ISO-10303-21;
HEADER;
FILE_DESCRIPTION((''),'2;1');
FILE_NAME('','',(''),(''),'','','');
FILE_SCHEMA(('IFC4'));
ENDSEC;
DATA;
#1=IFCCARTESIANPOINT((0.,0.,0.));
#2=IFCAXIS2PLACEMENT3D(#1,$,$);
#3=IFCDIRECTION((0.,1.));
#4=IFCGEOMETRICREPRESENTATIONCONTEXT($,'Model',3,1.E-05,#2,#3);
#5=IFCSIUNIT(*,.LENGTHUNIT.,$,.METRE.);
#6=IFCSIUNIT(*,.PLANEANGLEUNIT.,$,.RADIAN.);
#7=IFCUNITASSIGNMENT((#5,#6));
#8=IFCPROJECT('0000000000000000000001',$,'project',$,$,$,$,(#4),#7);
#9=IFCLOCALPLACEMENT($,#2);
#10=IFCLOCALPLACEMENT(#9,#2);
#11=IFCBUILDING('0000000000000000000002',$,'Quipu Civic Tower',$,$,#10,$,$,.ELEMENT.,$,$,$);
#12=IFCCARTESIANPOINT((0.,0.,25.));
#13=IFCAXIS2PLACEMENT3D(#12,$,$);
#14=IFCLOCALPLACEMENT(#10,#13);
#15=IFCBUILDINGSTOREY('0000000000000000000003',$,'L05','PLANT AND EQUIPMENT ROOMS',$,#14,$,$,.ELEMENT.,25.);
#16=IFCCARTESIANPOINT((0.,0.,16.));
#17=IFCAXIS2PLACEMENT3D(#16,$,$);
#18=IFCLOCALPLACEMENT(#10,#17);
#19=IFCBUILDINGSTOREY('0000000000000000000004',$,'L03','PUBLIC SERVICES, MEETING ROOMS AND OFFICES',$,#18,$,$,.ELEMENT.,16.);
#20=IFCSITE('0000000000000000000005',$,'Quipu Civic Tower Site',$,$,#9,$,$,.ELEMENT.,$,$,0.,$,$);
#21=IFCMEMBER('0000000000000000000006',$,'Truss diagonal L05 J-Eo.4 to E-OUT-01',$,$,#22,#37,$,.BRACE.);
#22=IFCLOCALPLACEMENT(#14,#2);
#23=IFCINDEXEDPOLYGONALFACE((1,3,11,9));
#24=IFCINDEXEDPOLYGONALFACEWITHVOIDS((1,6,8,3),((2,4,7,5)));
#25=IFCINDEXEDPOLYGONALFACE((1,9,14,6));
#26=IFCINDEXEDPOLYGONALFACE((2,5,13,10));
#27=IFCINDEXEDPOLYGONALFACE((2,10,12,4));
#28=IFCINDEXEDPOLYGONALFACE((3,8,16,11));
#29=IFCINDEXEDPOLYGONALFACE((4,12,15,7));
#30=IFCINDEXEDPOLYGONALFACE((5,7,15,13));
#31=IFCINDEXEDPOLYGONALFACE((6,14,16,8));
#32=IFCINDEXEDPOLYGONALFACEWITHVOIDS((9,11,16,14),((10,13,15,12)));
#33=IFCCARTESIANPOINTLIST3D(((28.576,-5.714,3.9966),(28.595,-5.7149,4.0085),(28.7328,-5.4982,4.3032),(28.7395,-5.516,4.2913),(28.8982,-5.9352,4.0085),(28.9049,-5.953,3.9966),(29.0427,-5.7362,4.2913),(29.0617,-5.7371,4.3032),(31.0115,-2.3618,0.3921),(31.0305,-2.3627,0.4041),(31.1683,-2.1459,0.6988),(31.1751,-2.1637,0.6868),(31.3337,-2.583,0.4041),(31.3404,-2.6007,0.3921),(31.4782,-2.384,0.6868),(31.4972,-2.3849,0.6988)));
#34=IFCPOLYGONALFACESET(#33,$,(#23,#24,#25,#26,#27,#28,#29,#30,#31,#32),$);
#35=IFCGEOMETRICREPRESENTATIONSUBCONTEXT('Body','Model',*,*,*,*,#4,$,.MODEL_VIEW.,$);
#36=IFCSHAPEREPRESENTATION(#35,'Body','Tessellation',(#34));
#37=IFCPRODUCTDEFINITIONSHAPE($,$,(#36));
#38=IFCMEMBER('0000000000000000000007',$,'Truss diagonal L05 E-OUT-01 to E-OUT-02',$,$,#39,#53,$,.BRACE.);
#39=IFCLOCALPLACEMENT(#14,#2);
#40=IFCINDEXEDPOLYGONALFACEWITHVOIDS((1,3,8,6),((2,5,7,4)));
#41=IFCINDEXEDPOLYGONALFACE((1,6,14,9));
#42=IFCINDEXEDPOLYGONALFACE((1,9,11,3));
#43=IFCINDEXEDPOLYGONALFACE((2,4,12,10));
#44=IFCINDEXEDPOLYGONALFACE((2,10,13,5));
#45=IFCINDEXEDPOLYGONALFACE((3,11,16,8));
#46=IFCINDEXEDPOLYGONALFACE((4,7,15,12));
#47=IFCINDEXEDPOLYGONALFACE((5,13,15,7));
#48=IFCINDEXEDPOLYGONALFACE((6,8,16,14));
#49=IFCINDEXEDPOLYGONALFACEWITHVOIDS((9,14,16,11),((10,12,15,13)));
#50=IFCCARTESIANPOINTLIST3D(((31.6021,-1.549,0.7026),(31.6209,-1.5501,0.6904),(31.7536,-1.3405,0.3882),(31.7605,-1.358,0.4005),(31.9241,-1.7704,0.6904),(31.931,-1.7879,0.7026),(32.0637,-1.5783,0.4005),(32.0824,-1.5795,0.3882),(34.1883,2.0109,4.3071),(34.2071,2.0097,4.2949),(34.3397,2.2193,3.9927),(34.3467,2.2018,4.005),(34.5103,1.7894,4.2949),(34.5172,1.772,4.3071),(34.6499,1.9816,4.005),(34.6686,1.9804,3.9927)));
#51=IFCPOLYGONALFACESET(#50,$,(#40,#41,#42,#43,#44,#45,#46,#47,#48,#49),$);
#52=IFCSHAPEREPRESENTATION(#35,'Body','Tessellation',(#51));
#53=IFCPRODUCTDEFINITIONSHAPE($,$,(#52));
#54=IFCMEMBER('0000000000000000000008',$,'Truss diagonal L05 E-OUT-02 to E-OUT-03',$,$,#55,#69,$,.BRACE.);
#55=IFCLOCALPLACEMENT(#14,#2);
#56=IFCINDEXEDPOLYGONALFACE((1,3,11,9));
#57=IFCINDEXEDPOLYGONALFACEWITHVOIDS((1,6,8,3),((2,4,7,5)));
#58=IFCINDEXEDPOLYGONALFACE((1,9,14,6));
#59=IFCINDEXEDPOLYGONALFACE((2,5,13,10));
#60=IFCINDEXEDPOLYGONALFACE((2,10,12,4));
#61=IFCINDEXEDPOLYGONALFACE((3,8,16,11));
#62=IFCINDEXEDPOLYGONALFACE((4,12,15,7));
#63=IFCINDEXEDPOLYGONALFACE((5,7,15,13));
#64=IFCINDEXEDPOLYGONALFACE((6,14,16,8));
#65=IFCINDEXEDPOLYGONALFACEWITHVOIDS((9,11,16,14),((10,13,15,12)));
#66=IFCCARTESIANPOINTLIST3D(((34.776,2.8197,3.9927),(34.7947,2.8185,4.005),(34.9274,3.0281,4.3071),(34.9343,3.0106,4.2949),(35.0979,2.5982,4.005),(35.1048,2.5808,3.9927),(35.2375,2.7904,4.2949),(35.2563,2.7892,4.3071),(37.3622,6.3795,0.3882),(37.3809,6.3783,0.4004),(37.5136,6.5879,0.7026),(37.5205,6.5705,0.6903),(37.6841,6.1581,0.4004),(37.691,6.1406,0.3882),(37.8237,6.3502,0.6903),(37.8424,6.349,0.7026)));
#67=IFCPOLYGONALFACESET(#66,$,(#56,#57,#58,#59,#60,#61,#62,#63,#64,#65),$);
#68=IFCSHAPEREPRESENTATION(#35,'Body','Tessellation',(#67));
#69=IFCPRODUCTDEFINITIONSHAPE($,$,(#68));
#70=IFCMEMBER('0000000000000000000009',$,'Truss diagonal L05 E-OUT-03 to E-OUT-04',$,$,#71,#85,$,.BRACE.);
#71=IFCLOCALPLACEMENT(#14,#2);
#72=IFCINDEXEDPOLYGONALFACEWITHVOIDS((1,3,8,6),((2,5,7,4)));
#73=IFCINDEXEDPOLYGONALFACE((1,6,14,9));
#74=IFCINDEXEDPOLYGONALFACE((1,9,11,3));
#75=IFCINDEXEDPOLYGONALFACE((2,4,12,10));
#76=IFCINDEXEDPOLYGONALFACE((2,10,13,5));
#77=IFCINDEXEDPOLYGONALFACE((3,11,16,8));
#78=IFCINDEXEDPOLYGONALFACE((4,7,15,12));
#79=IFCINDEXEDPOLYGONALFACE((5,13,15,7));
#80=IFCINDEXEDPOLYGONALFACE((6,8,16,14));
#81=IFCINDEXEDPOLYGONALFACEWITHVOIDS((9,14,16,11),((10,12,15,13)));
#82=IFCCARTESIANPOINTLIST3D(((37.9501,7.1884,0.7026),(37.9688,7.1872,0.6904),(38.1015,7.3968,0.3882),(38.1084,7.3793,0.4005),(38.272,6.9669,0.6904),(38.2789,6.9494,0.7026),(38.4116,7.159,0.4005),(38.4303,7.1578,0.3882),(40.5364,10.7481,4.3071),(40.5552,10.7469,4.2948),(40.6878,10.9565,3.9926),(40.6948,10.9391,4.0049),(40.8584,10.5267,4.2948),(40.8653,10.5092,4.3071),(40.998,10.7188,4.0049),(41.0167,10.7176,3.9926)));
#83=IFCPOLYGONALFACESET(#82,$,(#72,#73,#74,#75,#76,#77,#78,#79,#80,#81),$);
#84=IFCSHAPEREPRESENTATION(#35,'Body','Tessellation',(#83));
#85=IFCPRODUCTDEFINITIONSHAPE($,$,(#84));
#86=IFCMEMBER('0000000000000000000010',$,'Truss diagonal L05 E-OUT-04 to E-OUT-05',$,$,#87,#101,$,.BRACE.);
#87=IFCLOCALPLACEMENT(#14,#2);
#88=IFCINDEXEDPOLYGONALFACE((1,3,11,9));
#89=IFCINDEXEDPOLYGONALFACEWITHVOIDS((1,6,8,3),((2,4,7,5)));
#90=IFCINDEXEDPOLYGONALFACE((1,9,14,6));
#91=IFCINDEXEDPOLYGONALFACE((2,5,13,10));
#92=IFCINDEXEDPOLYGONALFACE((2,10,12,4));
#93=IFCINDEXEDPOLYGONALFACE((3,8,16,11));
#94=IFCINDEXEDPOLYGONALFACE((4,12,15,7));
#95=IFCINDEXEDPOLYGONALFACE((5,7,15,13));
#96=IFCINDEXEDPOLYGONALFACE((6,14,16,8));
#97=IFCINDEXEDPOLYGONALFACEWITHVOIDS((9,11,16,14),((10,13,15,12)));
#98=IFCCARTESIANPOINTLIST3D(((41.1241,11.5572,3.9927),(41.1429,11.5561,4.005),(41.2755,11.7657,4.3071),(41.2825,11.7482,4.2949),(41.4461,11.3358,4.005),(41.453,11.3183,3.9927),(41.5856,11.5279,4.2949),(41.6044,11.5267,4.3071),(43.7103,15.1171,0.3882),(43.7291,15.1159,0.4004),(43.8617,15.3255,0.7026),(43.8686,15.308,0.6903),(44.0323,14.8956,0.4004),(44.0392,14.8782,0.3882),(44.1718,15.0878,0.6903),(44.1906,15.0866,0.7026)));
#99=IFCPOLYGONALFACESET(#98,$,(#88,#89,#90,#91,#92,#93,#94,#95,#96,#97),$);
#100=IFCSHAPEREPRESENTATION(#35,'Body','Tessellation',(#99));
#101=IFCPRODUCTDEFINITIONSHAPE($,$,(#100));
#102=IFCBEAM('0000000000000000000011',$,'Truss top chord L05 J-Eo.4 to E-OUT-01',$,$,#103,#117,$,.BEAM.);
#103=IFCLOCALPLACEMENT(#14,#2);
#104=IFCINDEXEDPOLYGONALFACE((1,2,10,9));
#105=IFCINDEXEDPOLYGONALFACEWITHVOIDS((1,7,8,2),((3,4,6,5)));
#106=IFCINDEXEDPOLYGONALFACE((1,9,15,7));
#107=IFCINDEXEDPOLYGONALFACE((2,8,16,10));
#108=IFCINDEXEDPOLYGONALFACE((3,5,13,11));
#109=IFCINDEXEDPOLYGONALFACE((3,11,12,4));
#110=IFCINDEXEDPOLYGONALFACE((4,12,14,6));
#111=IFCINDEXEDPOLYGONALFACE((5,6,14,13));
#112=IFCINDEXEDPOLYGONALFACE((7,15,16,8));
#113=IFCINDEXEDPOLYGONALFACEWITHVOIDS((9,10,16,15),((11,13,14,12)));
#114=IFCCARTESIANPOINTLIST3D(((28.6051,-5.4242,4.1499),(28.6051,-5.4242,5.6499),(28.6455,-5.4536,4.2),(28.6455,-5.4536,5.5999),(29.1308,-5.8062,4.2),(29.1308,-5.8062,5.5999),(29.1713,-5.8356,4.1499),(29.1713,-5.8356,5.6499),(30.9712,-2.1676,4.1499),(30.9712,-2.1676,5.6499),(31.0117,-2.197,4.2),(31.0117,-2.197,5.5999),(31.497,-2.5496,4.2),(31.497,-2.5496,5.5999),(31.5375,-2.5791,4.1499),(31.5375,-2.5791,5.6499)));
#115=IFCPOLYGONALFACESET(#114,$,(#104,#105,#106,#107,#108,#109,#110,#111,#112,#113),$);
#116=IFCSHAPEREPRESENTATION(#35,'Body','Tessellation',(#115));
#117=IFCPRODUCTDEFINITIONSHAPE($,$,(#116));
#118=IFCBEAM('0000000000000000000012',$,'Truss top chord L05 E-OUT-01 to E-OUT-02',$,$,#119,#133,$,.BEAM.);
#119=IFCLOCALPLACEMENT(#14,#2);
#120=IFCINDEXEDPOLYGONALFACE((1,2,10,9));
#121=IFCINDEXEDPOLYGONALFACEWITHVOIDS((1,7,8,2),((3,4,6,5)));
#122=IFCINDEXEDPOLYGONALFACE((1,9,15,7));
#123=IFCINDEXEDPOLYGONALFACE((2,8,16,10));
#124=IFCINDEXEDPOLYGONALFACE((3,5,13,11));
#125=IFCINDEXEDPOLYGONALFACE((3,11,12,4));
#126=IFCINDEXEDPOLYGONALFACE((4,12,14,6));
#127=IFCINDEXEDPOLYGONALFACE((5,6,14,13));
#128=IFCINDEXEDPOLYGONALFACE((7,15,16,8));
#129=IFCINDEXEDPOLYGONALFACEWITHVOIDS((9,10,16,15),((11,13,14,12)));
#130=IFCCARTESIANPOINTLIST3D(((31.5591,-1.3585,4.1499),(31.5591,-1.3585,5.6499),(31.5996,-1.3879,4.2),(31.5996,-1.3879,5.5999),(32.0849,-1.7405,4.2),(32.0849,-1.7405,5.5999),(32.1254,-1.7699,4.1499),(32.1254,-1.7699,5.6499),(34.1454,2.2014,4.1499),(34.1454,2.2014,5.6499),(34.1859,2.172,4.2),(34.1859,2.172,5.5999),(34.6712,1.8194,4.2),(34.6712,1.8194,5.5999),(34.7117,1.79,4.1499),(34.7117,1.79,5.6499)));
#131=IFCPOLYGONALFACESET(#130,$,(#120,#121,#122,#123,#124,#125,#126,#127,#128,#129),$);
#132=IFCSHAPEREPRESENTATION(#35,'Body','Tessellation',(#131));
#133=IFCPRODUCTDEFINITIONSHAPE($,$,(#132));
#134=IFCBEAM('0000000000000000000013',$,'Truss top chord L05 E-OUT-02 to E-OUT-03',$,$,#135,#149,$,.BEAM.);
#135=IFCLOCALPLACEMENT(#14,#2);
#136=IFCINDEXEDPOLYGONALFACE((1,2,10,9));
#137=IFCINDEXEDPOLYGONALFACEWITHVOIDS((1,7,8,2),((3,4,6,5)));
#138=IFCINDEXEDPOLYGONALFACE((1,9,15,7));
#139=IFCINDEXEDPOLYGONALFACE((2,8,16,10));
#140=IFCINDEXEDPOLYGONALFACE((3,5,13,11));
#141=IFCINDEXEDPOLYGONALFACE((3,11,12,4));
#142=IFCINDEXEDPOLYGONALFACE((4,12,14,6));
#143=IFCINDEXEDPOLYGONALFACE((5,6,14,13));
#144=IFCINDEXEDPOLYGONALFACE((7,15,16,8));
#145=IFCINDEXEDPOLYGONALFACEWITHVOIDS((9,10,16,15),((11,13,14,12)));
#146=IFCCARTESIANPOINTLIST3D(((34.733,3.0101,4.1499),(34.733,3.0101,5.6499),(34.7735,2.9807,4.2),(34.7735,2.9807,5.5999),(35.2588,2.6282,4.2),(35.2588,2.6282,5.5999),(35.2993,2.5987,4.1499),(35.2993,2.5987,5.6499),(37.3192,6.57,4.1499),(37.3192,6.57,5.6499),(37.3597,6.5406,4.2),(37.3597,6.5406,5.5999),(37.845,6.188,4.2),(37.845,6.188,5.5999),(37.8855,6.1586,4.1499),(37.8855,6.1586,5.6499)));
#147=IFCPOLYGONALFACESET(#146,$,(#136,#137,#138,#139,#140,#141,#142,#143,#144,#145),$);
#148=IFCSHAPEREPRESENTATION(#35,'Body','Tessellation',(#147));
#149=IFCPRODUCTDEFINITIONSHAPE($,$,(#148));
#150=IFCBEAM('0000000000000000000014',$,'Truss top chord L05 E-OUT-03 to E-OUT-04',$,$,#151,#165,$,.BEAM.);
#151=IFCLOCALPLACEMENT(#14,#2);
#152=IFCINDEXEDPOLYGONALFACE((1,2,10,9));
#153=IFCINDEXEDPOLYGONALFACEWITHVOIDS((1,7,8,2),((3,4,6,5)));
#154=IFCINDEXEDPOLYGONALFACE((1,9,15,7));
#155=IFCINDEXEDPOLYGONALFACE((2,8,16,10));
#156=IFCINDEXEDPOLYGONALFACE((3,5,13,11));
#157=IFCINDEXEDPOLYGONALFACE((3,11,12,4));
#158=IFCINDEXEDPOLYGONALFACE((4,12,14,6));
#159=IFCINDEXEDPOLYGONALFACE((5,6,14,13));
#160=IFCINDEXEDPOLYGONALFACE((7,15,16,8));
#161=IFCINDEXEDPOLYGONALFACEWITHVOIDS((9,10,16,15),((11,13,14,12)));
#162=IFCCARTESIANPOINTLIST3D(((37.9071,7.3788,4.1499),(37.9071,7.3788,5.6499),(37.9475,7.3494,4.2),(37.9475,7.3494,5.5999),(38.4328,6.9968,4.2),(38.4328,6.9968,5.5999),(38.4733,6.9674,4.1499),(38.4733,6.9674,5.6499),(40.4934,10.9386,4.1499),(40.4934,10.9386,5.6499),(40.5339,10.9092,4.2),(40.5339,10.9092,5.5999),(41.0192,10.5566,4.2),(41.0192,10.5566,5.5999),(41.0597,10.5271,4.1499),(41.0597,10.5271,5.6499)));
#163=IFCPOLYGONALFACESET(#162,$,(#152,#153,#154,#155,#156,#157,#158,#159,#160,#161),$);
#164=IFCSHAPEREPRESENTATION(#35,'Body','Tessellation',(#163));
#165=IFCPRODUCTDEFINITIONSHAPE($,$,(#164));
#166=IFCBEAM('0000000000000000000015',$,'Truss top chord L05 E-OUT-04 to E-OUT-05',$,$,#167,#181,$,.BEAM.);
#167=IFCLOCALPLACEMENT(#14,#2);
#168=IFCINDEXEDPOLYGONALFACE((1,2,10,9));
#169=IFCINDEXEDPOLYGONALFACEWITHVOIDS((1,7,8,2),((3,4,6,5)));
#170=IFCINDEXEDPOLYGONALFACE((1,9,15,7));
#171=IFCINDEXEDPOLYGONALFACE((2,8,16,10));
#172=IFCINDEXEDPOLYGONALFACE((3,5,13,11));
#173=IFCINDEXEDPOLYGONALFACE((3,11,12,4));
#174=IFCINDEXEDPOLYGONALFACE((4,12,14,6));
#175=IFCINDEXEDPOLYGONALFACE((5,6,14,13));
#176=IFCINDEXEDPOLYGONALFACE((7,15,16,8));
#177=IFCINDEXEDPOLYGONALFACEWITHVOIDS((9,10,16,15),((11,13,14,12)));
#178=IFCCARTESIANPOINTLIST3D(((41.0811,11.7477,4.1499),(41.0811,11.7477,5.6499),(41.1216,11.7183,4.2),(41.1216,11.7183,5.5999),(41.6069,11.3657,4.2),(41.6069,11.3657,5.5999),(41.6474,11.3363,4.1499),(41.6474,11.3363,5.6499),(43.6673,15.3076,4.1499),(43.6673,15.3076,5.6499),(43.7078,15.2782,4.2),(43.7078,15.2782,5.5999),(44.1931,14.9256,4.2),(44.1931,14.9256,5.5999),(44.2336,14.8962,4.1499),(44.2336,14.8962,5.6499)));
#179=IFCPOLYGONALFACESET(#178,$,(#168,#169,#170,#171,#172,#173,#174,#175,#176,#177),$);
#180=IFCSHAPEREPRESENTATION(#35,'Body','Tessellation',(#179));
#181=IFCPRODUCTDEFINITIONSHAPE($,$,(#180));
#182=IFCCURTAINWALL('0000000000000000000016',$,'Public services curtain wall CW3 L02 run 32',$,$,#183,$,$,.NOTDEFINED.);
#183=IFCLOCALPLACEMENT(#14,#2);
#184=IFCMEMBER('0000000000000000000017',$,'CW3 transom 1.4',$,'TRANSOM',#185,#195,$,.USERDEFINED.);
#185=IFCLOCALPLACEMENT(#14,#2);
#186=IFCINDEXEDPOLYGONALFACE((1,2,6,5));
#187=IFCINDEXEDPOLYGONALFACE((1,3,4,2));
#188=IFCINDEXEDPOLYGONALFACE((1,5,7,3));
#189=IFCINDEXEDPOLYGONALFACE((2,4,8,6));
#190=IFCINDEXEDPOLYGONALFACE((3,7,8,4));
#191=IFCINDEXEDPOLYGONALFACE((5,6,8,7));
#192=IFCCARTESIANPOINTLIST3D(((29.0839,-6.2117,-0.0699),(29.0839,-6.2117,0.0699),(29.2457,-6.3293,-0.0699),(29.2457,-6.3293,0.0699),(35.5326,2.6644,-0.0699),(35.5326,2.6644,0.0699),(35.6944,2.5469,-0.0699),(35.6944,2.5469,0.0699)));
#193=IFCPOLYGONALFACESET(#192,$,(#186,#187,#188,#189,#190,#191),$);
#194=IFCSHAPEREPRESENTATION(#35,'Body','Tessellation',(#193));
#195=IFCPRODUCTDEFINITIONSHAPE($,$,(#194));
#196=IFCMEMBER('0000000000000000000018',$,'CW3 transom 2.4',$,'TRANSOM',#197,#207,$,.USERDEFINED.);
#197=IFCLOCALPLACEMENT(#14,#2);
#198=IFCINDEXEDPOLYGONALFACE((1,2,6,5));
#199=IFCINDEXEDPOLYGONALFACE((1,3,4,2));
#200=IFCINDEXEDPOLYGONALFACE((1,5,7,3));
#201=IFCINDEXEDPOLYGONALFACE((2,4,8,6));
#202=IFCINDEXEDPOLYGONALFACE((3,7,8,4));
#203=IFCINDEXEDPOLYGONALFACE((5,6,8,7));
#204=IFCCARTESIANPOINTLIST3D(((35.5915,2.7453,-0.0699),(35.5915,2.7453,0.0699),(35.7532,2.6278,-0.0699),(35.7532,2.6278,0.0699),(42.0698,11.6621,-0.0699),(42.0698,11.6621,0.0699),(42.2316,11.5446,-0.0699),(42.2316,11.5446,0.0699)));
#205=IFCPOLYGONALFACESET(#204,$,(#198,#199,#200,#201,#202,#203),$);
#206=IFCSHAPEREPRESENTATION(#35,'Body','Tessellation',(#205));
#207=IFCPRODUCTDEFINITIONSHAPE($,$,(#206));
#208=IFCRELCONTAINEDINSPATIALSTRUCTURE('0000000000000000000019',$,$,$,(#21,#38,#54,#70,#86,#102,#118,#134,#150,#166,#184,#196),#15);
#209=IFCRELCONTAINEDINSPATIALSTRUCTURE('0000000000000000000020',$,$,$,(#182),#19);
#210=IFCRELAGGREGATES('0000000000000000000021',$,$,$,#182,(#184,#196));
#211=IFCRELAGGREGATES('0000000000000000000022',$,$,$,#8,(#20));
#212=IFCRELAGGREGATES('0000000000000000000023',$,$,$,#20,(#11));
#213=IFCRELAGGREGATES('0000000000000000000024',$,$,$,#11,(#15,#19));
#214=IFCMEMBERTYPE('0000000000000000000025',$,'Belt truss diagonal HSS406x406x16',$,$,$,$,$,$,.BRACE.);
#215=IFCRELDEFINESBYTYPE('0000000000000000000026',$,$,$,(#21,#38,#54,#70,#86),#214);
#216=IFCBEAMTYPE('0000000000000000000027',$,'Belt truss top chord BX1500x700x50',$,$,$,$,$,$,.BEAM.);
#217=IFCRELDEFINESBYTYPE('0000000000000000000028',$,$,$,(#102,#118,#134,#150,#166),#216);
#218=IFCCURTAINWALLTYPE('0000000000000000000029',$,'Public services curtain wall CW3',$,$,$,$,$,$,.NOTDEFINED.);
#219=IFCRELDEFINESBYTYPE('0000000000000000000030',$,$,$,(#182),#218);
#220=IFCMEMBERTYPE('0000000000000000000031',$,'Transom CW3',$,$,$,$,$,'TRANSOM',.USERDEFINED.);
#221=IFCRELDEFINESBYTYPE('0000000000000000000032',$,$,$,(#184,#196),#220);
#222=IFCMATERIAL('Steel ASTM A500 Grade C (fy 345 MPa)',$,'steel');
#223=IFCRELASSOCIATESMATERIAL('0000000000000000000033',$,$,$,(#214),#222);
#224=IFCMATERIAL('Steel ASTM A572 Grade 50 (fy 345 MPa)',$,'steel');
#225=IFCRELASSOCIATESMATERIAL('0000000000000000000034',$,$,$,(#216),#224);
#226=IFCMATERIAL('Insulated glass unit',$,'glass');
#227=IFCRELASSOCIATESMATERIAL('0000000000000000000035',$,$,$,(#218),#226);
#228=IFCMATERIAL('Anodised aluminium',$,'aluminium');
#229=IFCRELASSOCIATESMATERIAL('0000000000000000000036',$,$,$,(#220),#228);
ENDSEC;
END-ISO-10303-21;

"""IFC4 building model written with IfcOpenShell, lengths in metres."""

from ifc_helpers import new_model, si_unit, direction, frame, origin, origin_2d, place, context, subcontext, project, spatial, rectangle, hollow_rectangle, extrude, material, material_profile, profile_set, type_object, element, aggregate, save


model = new_model("IFC4")

# Units and contexts
model_context = context("Model", 3, precision=1e-05, world=origin(), true_north=direction((0.0, 1.0)))
body_context = subcontext(model_context, "Body", "Model", "MODEL_VIEW")
ifc_project = project(units=[si_unit("LENGTHUNIT", "METRE"), si_unit("PLANEANGLEUNIT", "RADIAN")], contexts=[model_context])

# Site, building, storey
site_placement = place(None, origin())
site = spatial("IfcSite", under=ifc_project, at=site_placement, Name="Quipu Civic Tower Site", CompositionType="ELEMENT", RefElevation=0.0)
building_placement = place(site_placement, origin())
building = spatial("IfcBuilding", under=site, at=building_placement, Name="Quipu Civic Tower", CompositionType="ELEMENT")
storey_1_placement = place(building_placement, frame((0.0, 0.0, 25.0)))
storey_1 = spatial("IfcBuildingStorey", under=building, at=storey_1_placement, Name="L05", Description="PLANT AND EQUIPMENT ROOMS", CompositionType="ELEMENT", Elevation=25.0)

# Members
ifc_material_1 = material(Name="Steel ASTM A500 Grade C (fy 345 MPa)", Category="steel")
ifc_material_profile_1 = material_profile(ifc_material_1, hollow_rectangle(XDim=0.4065, YDim=0.4065, WallThickness=0.0159, at=origin_2d()), Name="HSS406x406x16")
ifc_profile_set_1 = profile_set([ifc_material_profile_1], Name="Steel ASTM A500 Grade C (fy 345 MPa)")
member_type_1 = type_object("IfcMemberType", Name="Belt truss diagonal HSS406x406x16", PredefinedType="BRACE", material=ifc_profile_set_1)
member_1_placement = place(storey_1_placement, frame((28.8188, -5.7256, 4.1499), z_axis=(0.443471, 0.610395, -0.656316), x_axis=(-0.809021, 0.587779, 0.0)))
element("IfcMember", 1, at=member_1_placement, inside=storey_1, type_object=member_type_1, Name="Truss diagonal L05 J-Eo.4 to E-OUT-01", PredefinedType="BRACE", context=body_context, shape_type="SweptSolid", body=[
    extrude(hollow_rectangle(XDim=0.4065, YDim=0.4065, WallThickness=0.0159, at=origin_2d()), origin(), (0.0, 0.0, 1.0), 5.4919),
])
for number, where, z_axis, x_axis, name in (
    (2, (31.8423, -1.5642, 0.5454), (0.454676, 0.62585, 0.633705), (-0.809036, 0.587759, 0.0), "Truss diagonal L05 E-OUT-01 to E-OUT-02"),
    (3, (35.0161, 2.8044, 4.1499), (0.454676, 0.62585, -0.633705), (-0.809036, 0.587759, 0.0), "Truss diagonal L05 E-OUT-02 to E-OUT-03"),
    (4, (38.1902, 7.1731, 0.5454), (0.45471, 0.625838, 0.633692), (-0.80901, 0.587796, 0.0), "Truss diagonal L05 E-OUT-03 to E-OUT-04"),
    (5, (41.3643, 11.542, 4.1499), (0.454676, 0.62585, -0.633705), (-0.809036, 0.587759, 0.0), "Truss diagonal L05 E-OUT-04 to E-OUT-05"),
):
    element("IfcMember", number, at=place(storey_1_placement, frame(where, z_axis=z_axis, x_axis=x_axis)), inside=storey_1, type_object=member_type_1, Name=name, PredefinedType="BRACE", context=body_context, shape_type="SweptSolid", body=[
        extrude(hollow_rectangle(XDim=0.4065, YDim=0.4065, WallThickness=0.0159, at=origin_2d()), origin(), (0.0, 0.0, 1.0), 5.688),
    ])

# Beams
ifc_material_2 = material(Name="Steel ASTM A572 Grade 50 (fy 345 MPa)", Category="steel")
ifc_material_profile_2 = material_profile(ifc_material_2, hollow_rectangle(XDim=0.7, YDim=1.5, WallThickness=0.05, at=origin_2d()), Name="BX1500x700x50")
ifc_profile_set_2 = profile_set([ifc_material_profile_2], Name="Steel ASTM A572 Grade 50 (fy 345 MPa)")
beam_type_1 = type_object("IfcBeamType", Name="Belt truss top chord BX1500x700x50", PredefinedType="BEAM", material=ifc_profile_set_2)
beam_1_placement = place(storey_1_placement, frame((28.8882, -5.6299, 4.8999), z_axis=(0.587811, 0.808998, 0.0), x_axis=(-0.808998, 0.587811, 0.0)))
element("IfcBeam", 6, at=beam_1_placement, inside=storey_1, type_object=beam_type_1, Name="Truss top chord L05 J-Eo.4 to E-OUT-01", PredefinedType="BEAM", context=body_context, shape_type="SweptSolid", body=[
    extrude(hollow_rectangle(XDim=0.7, YDim=1.5, WallThickness=0.05, at=origin_2d()), origin(), (0.0, 0.0, 1.0), 4.0254),
])
for number, where, z_axis, x_axis, name in (
    (7, (31.8423, -1.5642, 4.8999), (0.587759, 0.809036, 0.0), (-0.809036, 0.587759, 0.0), "Truss top chord L05 E-OUT-01 to E-OUT-02"),
    (8, (35.0161, 2.8044, 4.8999), (0.587759, 0.809036, 0.0), (-0.809036, 0.587759, 0.0), "Truss top chord L05 E-OUT-02 to E-OUT-03"),
    (9, (38.1902, 7.1731, 4.8999), (0.587796, 0.80901, 0.0), (-0.80901, 0.587796, 0.0), "Truss top chord L05 E-OUT-03 to E-OUT-04"),
    (10, (41.3643, 11.542, 4.8999), (0.587759, 0.809036, 0.0), (-0.809036, 0.587759, 0.0), "Truss top chord L05 E-OUT-04 to E-OUT-05"),
):
    element("IfcBeam", number, at=place(storey_1_placement, frame(where, z_axis=z_axis, x_axis=x_axis)), inside=storey_1, type_object=beam_type_1, Name=name, PredefinedType="BEAM", context=body_context, shape_type="SweptSolid", body=[
        extrude(hollow_rectangle(XDim=0.7, YDim=1.5, WallThickness=0.05, at=origin_2d()), origin(), (0.0, 0.0, 1.0), 4.4001),
    ])

# Shared definitions
storey_2_placement = place(building_placement, frame((0.0, 0.0, 16.0)))
storey_2 = spatial("IfcBuildingStorey", under=building, at=storey_2_placement, Name="L03", Description="PUBLIC SERVICES, MEETING ROOMS AND OFFICES", CompositionType="ELEMENT", Elevation=16.0)

# Curtain wall, members
ifc_material_3 = material(Name="Insulated glass unit", Category="glass")
curtain_wall_type = type_object("IfcCurtainWallType", Name="Public services curtain wall CW3", PredefinedType="NOTDEFINED", material=ifc_material_3)
curtain_wall_placement = place(storey_2_placement, origin())
curtain_wall = element("IfcCurtainWall", 11, at=curtain_wall_placement, inside=storey_2, type_object=curtain_wall_type, Name="Public services curtain wall CW3 L02 run 32", PredefinedType="NOTDEFINED")
ifc_material_4 = material(Name="Anodised aluminium", Category="aluminium")
ifc_material_profile_3 = material_profile(ifc_material_4, rectangle(XDim=0.2, YDim=0.1399, at=origin_2d()), Name="RECT 200x140")
ifc_profile_set_3 = profile_set([ifc_material_profile_3], Name="Anodised aluminium")
member_type_2 = type_object("IfcMemberType", Name="Transom CW3", ElementType="TRANSOM", PredefinedType="USERDEFINED", material=ifc_profile_set_3)
member_2_placement = place(storey_1_placement, frame((29.1648, -6.2705, 0.0), z_axis=(0.587772, 0.809027, 0.0), x_axis=(-0.809027, 0.587772, 0.0)))
member_2 = element("IfcMember", 12, at=member_2_placement, inside=storey_1, type_object=member_type_2, Name="CW3 transom 1.4", ObjectType="TRANSOM", PredefinedType="USERDEFINED", context=body_context, shape_type="SweptSolid", body=[
    extrude(rectangle(XDim=0.2, YDim=0.1399, at=origin_2d()), origin(), (0.0, 0.0, 1.0), 10.9714),
])
member_3_placement = place(storey_1_placement, frame((35.6724, 2.6865, 0.0), z_axis=(0.587778, 0.809022, 0.0), x_axis=(-0.809022, 0.587778, 0.0)))
member_3 = element("IfcMember", 13, at=member_3_placement, inside=storey_1, type_object=member_type_2, Name="CW3 transom 2.4", ObjectType="TRANSOM", PredefinedType="USERDEFINED", context=body_context, shape_type="SweptSolid", body=[
    extrude(rectangle(XDim=0.2, YDim=0.1399, at=origin_2d()), origin(), (0.0, 0.0, 1.0), 11.0217),
])
aggregate(curtain_wall, [member_2, member_3])

save(model, "model.ifc")
